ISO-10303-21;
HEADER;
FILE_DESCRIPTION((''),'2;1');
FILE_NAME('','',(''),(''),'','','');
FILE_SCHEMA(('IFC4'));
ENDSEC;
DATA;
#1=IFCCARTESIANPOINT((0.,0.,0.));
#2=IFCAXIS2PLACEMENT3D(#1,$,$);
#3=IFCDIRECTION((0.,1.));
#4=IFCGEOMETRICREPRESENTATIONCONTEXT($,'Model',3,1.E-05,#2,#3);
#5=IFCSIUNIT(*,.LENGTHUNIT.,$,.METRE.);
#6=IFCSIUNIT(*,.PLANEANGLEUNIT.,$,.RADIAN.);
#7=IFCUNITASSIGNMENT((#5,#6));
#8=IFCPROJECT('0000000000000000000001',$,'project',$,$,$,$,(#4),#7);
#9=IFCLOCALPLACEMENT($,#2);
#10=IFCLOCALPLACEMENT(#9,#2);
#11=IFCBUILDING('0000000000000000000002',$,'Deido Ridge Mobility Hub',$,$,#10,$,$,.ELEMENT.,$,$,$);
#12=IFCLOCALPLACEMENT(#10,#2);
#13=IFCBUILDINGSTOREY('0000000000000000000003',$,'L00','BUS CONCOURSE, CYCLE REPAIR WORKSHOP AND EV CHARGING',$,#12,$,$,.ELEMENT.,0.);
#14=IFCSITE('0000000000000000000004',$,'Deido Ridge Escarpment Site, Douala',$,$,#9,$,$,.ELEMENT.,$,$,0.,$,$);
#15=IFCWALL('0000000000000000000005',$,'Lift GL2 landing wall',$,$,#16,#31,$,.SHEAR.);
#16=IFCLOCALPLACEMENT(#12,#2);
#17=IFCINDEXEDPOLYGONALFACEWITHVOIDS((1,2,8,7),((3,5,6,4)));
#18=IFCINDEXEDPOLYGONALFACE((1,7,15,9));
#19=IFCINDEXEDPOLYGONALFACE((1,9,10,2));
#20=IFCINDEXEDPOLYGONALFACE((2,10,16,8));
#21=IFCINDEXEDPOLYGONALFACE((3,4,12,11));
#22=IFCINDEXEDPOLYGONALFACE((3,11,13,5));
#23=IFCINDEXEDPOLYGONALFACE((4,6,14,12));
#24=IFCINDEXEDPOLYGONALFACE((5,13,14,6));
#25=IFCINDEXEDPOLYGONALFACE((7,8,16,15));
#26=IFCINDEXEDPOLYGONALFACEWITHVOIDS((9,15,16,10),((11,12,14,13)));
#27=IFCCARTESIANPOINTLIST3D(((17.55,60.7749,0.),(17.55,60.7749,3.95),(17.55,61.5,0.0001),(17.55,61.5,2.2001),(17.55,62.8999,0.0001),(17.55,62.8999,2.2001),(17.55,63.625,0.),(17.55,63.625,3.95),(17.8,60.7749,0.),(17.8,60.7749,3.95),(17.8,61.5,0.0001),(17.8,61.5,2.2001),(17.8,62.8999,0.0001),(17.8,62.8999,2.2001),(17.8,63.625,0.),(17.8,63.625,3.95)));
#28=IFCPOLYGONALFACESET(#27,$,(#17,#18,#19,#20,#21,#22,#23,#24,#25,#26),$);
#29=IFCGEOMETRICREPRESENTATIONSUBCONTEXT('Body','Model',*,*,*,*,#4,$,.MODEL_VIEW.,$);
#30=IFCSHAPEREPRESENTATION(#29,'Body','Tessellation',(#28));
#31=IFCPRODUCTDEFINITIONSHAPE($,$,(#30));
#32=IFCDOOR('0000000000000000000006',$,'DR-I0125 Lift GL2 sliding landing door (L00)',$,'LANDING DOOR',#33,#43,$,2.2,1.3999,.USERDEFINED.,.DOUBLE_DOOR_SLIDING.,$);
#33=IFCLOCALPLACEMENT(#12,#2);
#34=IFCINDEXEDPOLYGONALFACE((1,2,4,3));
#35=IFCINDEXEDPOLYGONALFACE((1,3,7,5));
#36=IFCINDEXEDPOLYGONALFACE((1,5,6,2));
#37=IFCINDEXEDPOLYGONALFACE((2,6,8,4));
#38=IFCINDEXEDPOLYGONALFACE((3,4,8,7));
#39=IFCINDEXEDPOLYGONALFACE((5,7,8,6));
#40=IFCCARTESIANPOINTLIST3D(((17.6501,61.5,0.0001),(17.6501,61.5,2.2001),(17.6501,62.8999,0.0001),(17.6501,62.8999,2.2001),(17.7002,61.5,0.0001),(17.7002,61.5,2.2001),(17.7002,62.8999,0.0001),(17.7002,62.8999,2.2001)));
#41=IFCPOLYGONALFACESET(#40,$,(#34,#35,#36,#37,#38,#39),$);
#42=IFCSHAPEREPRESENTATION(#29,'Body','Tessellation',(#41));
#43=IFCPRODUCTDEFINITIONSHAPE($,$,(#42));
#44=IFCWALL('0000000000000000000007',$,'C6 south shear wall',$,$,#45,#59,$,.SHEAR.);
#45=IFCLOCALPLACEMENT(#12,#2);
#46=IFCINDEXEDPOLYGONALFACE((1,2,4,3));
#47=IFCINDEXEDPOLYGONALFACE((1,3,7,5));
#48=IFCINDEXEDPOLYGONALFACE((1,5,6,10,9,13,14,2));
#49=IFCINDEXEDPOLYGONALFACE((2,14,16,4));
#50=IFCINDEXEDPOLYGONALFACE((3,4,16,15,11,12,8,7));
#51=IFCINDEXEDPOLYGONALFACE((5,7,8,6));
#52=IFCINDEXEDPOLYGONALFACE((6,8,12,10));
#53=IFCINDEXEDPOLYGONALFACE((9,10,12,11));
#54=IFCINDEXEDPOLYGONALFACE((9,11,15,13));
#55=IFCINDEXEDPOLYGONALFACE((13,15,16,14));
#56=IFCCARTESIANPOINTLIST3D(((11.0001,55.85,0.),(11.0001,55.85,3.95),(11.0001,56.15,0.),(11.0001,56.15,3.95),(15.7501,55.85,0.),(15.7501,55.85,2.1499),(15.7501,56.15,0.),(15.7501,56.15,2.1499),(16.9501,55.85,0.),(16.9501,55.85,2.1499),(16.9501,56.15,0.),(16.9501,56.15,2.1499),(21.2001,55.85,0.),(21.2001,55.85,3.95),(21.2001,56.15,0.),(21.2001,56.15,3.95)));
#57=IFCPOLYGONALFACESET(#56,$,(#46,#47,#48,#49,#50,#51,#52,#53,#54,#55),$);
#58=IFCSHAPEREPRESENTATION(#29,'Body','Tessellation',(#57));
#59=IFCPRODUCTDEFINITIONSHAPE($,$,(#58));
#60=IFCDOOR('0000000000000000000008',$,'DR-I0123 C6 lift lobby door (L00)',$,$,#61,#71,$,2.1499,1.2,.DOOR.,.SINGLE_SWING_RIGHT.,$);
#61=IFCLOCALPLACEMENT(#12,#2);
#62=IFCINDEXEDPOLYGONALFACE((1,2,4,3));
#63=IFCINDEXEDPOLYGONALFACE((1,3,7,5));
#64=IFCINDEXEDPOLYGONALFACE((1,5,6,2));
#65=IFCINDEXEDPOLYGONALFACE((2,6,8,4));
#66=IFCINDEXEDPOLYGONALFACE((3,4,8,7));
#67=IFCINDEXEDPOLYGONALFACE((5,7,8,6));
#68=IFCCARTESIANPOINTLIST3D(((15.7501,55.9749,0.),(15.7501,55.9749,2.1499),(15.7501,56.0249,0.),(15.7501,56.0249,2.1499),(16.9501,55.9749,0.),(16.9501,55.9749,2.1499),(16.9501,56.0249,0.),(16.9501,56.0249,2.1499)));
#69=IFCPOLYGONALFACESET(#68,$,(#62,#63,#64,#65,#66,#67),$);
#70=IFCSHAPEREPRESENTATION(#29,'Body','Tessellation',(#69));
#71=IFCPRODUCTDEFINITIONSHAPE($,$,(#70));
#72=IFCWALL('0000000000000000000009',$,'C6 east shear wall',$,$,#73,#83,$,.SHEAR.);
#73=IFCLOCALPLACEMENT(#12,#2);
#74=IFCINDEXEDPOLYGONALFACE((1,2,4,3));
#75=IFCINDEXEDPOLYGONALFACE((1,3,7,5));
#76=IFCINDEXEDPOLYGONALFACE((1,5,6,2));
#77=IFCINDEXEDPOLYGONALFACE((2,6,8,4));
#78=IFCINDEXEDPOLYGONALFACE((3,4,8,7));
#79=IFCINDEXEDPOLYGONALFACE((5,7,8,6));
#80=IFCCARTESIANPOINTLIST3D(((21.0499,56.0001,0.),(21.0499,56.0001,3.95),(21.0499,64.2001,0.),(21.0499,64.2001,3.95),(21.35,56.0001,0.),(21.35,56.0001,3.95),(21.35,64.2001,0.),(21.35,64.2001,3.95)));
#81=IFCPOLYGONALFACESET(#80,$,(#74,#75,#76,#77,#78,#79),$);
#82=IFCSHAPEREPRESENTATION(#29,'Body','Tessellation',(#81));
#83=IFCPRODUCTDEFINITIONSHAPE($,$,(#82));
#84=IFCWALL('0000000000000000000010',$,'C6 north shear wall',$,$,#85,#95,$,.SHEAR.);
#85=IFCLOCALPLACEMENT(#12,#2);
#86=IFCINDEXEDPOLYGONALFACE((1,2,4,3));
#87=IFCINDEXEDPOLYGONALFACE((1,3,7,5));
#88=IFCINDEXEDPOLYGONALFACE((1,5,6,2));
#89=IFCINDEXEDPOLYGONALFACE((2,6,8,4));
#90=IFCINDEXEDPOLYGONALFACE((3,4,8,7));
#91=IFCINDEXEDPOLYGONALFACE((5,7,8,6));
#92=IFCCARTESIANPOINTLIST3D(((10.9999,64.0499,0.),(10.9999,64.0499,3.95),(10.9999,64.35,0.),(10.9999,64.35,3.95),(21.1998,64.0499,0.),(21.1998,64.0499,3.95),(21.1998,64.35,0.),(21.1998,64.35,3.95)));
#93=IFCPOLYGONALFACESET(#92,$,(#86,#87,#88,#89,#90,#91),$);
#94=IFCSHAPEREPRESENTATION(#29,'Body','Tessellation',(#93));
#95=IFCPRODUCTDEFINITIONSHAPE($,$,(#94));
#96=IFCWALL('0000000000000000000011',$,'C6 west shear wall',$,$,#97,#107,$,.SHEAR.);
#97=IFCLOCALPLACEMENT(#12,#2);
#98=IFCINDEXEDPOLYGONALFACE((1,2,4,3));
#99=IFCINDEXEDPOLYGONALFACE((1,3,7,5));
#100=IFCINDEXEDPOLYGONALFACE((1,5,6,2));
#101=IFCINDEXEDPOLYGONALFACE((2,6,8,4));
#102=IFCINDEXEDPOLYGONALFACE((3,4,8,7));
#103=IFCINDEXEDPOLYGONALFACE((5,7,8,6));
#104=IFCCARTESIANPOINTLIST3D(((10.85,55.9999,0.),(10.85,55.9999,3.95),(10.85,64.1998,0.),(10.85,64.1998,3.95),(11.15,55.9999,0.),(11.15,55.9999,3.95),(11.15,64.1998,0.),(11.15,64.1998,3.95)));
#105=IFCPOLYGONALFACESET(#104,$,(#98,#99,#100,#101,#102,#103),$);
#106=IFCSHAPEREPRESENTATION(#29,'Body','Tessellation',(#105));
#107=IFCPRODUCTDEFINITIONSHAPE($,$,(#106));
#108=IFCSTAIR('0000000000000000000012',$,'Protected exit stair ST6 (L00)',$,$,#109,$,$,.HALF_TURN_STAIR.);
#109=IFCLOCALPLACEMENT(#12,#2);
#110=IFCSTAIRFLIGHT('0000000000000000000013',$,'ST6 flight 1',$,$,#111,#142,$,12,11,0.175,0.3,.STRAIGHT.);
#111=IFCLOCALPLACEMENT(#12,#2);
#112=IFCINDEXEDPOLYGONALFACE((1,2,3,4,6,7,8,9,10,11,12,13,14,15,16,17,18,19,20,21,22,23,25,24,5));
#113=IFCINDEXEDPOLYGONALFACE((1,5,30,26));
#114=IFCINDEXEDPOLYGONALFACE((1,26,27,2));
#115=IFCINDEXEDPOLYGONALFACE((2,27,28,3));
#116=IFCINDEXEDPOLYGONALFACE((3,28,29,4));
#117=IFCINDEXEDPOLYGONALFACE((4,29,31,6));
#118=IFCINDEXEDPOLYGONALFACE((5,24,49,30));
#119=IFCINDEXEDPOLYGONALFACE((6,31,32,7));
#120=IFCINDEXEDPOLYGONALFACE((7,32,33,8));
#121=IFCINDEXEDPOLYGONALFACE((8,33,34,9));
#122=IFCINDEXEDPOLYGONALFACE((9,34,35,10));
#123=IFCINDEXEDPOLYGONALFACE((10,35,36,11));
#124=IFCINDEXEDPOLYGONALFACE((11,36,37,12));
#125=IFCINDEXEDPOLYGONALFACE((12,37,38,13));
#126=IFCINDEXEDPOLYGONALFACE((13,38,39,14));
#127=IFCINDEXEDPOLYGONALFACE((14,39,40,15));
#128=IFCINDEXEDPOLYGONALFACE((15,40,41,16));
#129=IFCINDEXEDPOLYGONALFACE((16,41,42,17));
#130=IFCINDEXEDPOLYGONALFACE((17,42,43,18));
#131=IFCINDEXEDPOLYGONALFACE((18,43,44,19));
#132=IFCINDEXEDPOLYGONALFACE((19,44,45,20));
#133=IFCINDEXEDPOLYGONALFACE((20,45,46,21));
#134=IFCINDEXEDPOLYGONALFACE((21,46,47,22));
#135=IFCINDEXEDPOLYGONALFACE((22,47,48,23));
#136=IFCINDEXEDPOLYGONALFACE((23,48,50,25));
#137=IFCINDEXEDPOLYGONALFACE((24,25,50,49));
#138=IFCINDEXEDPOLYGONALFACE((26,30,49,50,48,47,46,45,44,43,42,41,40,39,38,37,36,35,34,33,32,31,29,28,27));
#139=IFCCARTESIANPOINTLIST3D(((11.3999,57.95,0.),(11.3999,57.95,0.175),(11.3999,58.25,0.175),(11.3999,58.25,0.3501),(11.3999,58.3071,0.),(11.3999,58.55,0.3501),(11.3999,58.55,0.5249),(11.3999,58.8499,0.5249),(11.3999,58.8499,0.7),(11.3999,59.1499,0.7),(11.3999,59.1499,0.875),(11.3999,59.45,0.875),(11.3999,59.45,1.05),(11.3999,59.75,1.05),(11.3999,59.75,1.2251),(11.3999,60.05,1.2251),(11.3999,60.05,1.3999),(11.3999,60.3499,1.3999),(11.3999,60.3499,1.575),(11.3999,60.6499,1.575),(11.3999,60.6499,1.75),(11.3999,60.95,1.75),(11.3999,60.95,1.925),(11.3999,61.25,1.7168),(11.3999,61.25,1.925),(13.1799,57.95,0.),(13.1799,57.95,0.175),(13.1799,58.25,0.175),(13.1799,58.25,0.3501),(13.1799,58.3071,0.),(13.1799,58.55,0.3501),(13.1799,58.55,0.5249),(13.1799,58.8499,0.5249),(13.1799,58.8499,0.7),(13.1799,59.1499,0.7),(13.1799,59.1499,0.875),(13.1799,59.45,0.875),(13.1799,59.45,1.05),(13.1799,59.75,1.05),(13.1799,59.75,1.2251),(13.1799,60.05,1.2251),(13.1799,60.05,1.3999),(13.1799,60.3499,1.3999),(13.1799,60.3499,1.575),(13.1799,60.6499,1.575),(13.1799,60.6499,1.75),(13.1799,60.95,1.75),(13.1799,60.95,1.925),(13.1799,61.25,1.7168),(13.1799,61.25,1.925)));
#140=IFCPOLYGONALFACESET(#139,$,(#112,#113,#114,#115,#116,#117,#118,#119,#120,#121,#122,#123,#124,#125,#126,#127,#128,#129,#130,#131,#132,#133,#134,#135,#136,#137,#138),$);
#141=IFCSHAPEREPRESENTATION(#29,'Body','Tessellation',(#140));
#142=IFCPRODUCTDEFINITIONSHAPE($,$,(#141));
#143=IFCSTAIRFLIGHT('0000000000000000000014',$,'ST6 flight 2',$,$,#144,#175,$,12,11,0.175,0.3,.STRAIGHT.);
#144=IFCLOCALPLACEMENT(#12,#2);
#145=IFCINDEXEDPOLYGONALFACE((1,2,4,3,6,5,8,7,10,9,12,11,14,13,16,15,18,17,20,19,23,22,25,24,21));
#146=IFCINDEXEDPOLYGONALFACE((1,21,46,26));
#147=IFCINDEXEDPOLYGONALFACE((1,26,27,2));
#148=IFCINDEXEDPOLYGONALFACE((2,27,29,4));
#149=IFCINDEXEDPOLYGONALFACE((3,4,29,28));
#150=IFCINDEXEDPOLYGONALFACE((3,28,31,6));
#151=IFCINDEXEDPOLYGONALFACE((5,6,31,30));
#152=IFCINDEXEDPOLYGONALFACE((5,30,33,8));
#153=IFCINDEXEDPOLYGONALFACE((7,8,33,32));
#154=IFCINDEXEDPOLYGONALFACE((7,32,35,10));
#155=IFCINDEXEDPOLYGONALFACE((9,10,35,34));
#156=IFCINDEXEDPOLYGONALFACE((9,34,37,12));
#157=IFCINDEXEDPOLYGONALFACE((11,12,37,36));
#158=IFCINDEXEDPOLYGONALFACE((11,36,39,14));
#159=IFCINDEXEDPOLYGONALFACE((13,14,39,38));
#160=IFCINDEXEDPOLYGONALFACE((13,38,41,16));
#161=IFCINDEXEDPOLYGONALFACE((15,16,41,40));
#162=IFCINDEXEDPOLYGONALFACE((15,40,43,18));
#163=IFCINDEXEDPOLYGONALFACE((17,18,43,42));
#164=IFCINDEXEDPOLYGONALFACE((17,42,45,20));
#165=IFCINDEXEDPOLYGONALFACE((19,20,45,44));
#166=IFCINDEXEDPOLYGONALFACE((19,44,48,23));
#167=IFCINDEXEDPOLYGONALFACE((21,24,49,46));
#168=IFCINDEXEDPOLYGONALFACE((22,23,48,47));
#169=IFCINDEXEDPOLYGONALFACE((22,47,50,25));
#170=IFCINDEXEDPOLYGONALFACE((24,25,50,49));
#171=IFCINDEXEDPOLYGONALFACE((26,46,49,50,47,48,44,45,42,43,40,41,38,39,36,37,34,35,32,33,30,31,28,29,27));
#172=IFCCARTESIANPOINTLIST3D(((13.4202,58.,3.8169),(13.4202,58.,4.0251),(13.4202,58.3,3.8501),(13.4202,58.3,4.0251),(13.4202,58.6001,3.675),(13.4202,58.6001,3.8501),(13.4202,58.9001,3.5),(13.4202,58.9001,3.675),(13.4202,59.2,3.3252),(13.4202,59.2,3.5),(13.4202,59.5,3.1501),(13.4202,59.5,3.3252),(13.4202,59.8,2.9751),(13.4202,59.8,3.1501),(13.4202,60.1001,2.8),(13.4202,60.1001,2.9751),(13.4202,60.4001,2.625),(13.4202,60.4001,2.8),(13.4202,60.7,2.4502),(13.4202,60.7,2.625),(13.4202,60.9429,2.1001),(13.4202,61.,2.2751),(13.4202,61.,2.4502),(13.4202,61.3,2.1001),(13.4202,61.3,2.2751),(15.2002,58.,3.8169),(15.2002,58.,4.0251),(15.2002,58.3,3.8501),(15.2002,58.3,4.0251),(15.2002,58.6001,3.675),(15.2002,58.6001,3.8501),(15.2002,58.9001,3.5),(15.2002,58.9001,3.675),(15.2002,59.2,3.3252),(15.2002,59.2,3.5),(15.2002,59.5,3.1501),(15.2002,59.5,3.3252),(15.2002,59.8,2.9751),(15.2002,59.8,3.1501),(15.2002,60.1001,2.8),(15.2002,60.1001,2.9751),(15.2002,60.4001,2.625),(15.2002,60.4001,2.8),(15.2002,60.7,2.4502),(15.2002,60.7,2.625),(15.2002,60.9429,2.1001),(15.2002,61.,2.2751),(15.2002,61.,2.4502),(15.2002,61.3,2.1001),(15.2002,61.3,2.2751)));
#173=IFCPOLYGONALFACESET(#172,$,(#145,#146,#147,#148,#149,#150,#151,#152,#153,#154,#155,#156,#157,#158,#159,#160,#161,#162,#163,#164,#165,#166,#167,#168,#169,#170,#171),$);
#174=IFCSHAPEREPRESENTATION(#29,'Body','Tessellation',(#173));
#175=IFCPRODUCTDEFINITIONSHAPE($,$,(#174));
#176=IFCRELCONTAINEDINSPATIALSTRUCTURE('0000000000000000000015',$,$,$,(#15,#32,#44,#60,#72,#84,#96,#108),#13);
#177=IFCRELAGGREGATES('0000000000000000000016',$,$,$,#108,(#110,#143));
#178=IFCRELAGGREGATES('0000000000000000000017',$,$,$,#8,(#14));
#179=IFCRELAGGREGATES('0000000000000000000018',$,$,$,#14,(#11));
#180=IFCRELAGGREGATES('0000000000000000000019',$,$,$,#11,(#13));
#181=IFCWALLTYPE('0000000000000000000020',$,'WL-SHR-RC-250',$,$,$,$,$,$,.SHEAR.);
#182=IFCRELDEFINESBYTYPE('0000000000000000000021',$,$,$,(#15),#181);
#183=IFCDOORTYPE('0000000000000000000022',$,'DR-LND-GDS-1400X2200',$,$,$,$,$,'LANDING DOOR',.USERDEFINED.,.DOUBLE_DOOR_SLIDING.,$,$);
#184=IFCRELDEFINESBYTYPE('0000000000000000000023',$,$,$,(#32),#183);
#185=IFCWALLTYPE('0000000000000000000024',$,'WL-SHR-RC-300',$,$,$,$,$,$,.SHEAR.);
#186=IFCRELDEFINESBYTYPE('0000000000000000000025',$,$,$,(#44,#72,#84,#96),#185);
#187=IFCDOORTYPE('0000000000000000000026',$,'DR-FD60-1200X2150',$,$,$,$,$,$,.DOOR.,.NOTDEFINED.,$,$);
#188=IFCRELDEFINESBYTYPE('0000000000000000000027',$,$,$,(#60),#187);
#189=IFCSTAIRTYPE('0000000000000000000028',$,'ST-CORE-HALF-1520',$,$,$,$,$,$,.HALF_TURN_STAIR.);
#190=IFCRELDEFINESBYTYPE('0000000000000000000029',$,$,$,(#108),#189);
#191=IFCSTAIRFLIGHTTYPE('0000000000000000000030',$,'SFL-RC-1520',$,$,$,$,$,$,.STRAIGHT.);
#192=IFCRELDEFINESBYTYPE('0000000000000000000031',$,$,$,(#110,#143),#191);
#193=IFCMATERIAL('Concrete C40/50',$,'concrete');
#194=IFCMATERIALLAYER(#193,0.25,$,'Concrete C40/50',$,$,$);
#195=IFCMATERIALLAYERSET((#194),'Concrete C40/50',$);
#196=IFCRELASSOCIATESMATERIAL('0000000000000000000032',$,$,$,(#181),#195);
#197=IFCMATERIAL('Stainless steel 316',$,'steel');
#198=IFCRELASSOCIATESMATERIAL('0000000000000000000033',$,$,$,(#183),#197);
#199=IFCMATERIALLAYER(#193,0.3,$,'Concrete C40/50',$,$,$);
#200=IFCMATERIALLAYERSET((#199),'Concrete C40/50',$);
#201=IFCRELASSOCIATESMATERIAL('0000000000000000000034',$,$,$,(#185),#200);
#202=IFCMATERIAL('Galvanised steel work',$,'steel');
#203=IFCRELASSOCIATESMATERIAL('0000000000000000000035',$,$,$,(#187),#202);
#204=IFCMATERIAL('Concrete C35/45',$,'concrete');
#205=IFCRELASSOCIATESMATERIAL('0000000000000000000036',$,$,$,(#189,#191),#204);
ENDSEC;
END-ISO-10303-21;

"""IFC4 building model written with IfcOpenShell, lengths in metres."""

from ifc_helpers import new_model, si_unit, direction, frame, frame_2d, origin, place, context, subcontext, project, spatial, polyline, rectangle, outline, extrude, material, layer, layer_set, type_object, element, fill, aggregate, save


model = new_model("IFC4")

# Units and contexts
model_context = context("Model", 3, precision=1e-05, world=origin(), true_north=direction((0.0, 1.0)))
body_context = subcontext(model_context, "Body", "Model", "MODEL_VIEW")
ifc_project = project(units=[si_unit("LENGTHUNIT", "METRE"), si_unit("PLANEANGLEUNIT", "RADIAN")], contexts=[model_context])

# Site, building, storey
site_placement = place(None, origin())
site = spatial("IfcSite", under=ifc_project, at=site_placement, Name="Deido Ridge Escarpment Site, Douala", CompositionType="ELEMENT", RefElevation=0.0)
building_placement = place(site_placement, origin())
building = spatial("IfcBuilding", under=site, at=building_placement, Name="Deido Ridge Mobility Hub", CompositionType="ELEMENT")
storey_placement = place(building_placement, origin())
storey = spatial("IfcBuildingStorey", under=building, at=storey_placement, Name="L00", Description="BUS CONCOURSE, CYCLE REPAIR WORKSHOP AND EV CHARGING", CompositionType="ELEMENT", Elevation=0.0)

# Shared definitions
ifc_material_1 = material(Name="Concrete C40/50", Category="concrete")
ifc_layer_1 = layer(ifc_material_1, 0.25, Name="Concrete C40/50")
ifc_layer_set_1 = layer_set([ifc_layer_1], Name="Concrete C40/50")
wall_type_1 = type_object("IfcWallType", Name="WL-SHR-RC-250", PredefinedType="SHEAR", material=ifc_layer_set_1)
ifc_material_2 = material(Name="Galvanised steel work", Category="steel")

# Shared definitions
ifc_material_3 = material(Name="Stainless steel 316", Category="steel")

# Walls, openings, doors
wall_1_placement = place(storey_placement, frame((17.675, 60.7749, 0.0), z_axis=(0.0, 0.0, 1.0), x_axis=(0.0, 1.0, 0.0)))
wall_1 = element("IfcWall", 1, at=wall_1_placement, inside=storey, type_object=wall_type_1, Name="Lift GL2 landing wall", PredefinedType="SHEAR", context=body_context, shape_type="SweptSolid", body=[
    extrude(rectangle(XDim=2.8501, YDim=0.25, at=frame_2d((1.425, 0.0))), origin(), (0.0, 0.0, 1.0), 3.95),
])
opening_1_placement = place(wall_1_placement, frame((0.7251, 0.0, 0.0)))
opening_1 = element("IfcOpeningElement", 2, at=opening_1_placement, cuts=wall_1, PredefinedType="OPENING", context=body_context, shape_type="SweptSolid", body=[
    extrude(rectangle(XDim=1.3999, YDim=2.2, at=frame_2d((0.7, 1.1001))), frame((0.0, 0.135, 0.0), z_axis=(0.0, -1.0, 0.0), x_axis=(1.0, 0.0, 0.0)), (0.0, 0.0, 1.0), 0.27),
])
door_type_1 = type_object("IfcDoorType", Name="DR-LND-GDS-1400X2200", ElementType="LANDING DOOR", OperationType="DOUBLE_DOOR_SLIDING", PredefinedType="USERDEFINED", material=ifc_material_3)
door_1_placement = place(opening_1_placement, origin())
door_1 = element("IfcDoor", 3, at=door_1_placement, inside=storey, type_object=door_type_1, Name="DR-I0125 Lift GL2 sliding landing door (L00)", ObjectType="LANDING DOOR", OperationType="DOUBLE_DOOR_SLIDING", OverallHeight=2.2, OverallWidth=1.3999, PredefinedType="USERDEFINED", context=body_context, shape_type="SweptSolid", body=[
    extrude(rectangle(XDim=1.3999, YDim=2.2, at=frame_2d((0.7, 1.1001))), frame((0.0, 0.0249, 0.0), z_axis=(0.0, -1.0, 0.0), x_axis=(1.0, 0.0, 0.0)), (0.0, 0.0, 1.0), 0.05),
])
fill(opening_1, door_1)
ifc_layer_2 = layer(ifc_material_1, 0.3, Name="Concrete C40/50")
ifc_layer_set_2 = layer_set([ifc_layer_2], Name="Concrete C40/50")
wall_type_2 = type_object("IfcWallType", Name="WL-SHR-RC-300", PredefinedType="SHEAR", material=ifc_layer_set_2)
wall_2_placement = place(storey_placement, frame((11.0, 56.0, 0.0), z_axis=(0.0, 0.0, 1.0), x_axis=(1.0, 0.0, 0.0)))
wall_2 = element("IfcWall", 4, at=wall_2_placement, inside=storey, type_object=wall_type_2, Name="C6 south shear wall", PredefinedType="SHEAR", context=body_context, shape_type="SweptSolid", body=[
    extrude(rectangle(XDim=10.2, YDim=0.3, at=frame_2d((5.1001, 0.0))), origin(), (0.0, 0.0, 1.0), 3.95),
])
opening_2_placement = place(wall_2_placement, frame((4.75, 0.0, 0.0)))
opening_2 = element("IfcOpeningElement", 5, at=opening_2_placement, cuts=wall_2, PredefinedType="OPENING", context=body_context, shape_type="SweptSolid", body=[
    extrude(rectangle(XDim=1.2, YDim=2.1499, at=frame_2d((0.6001, 1.075))), frame((0.0, 0.1602, 0.0), z_axis=(0.0, -1.0, 0.0), x_axis=(1.0, 0.0, 0.0)), (0.0, 0.0, 1.0), 0.3201),
])
door_type_2 = type_object("IfcDoorType", Name="DR-FD60-1200X2150", OperationType="NOTDEFINED", PredefinedType="DOOR", material=ifc_material_2)
door_2_placement = place(opening_2_placement, origin())
door_2 = element("IfcDoor", 6, at=door_2_placement, inside=storey, type_object=door_type_2, Name="DR-I0123 C6 lift lobby door (L00)", OperationType="SINGLE_SWING_RIGHT", OverallHeight=2.1499, OverallWidth=1.2, PredefinedType="DOOR", context=body_context, shape_type="SweptSolid", body=[
    extrude(rectangle(XDim=1.2, YDim=2.1499, at=frame_2d((0.6001, 1.075))), frame((0.0, 0.0249, 0.0), z_axis=(0.0, -1.0, 0.0), x_axis=(1.0, 0.0, 0.0)), (0.0, 0.0, 1.0), 0.05),
])
fill(opening_2, door_2)

# Walls
wall_3_placement = place(storey_placement, frame((21.2, 56.0, 0.0), z_axis=(0.0, 0.0, 1.0), x_axis=(0.0, 1.0, 0.0)))
element("IfcWall", 7, at=wall_3_placement, inside=storey, type_object=wall_type_2, Name="C6 east shear wall", PredefinedType="SHEAR", context=body_context, shape_type="SweptSolid", body=[
    extrude(rectangle(XDim=8.2, YDim=0.3, at=frame_2d((4.1001, 0.0))), origin(), (0.0, 0.0, 1.0), 3.95),
])
wall_4_placement = place(storey_placement, frame((21.2, 64.2, 0.0), z_axis=(0.0, 0.0, 1.0), x_axis=(-1.0, 0.0, 0.0)))
element("IfcWall", 8, at=wall_4_placement, inside=storey, type_object=wall_type_2, Name="C6 north shear wall", PredefinedType="SHEAR", context=body_context, shape_type="SweptSolid", body=[
    extrude(rectangle(XDim=10.2, YDim=0.3, at=frame_2d((5.1001, 0.0))), origin(), (0.0, 0.0, 1.0), 3.95),
])
wall_5_placement = place(storey_placement, frame((11.0, 64.2, 0.0), z_axis=(0.0, 0.0, 1.0), x_axis=(0.0, -1.0, 0.0)))
element("IfcWall", 9, at=wall_5_placement, inside=storey, type_object=wall_type_2, Name="C6 west shear wall", PredefinedType="SHEAR", context=body_context, shape_type="SweptSolid", body=[
    extrude(rectangle(XDim=8.2, YDim=0.3, at=frame_2d((4.1001, 0.0))), origin(), (0.0, 0.0, 1.0), 3.95),
])

# Stair, stair flights
ifc_material_4 = material(Name="Concrete C35/45", Category="concrete")
stair_type = type_object("IfcStairType", Name="ST-CORE-HALF-1520", PredefinedType="HALF_TURN_STAIR", material=ifc_material_4)
stair_placement = place(storey_placement, origin())
stair = element("IfcStair", 10, at=stair_placement, inside=storey, type_object=stair_type, Name="Protected exit stair ST6 (L00)", PredefinedType="HALF_TURN_STAIR")
stair_flight_type = type_object("IfcStairFlightType", Name="SFL-RC-1520", PredefinedType="STRAIGHT", material=ifc_material_4)
stair_flight_1_placement = place(storey_placement, frame((12.29, 57.95, 0.0), z_axis=(0.0, 0.0, 1.0), x_axis=(0.0, 1.0, 0.0)))
stair_flight_1 = element("IfcStairFlight", 11, at=stair_flight_1_placement, type_object=stair_flight_type, Name="ST6 flight 1", NumberOfRisers=12, NumberOfTreads=11, PredefinedType="STRAIGHT", RiserHeight=0.175, TreadLength=0.3, context=body_context, shape_type="SweptSolid", body=[
    extrude(outline(polyline([(0.0, 0.0), (0.0, 0.175), (0.3, 0.175), (0.3, 0.3501), (0.6001, 0.3501), (0.6001, 0.5249), (0.8999, 0.5249), (0.8999, 0.7), (1.2, 0.7), (1.2, 0.875), (1.5, 0.875), (1.5, 1.05), (1.8, 1.05), (1.8, 1.2251), (2.1001, 1.2251), (2.1001, 1.3999), (2.3999, 1.3999), (2.3999, 1.575), (2.7, 1.575), (2.7, 1.75), (3.0, 1.75), (3.0, 1.925), (3.3, 1.925), (3.3, 2.1001), (3.3, 1.7168), (0.3572, 0.0), (0.0, 0.0)])), frame((0.0, 0.8901, 0.0), z_axis=(0.0, -1.0, 0.0), x_axis=(1.0, 0.0, 0.0)), (0.0, 0.0, 1.0), 1.78),
])
stair_flight_2_placement = place(storey_placement, frame((14.3101, 61.3, 2.1001), z_axis=(0.0, 0.0, 1.0), x_axis=(0.0, -1.0, 0.0)))
stair_flight_2 = element("IfcStairFlight", 12, at=stair_flight_2_placement, type_object=stair_flight_type, Name="ST6 flight 2", NumberOfRisers=12, NumberOfTreads=11, PredefinedType="STRAIGHT", RiserHeight=0.175, TreadLength=0.3, context=body_context, shape_type="SweptSolid", body=[
    extrude(outline(polyline([(0.0, 0.0), (0.0, 0.175), (0.3, 0.175), (0.3, 0.3501), (0.6001, 0.3501), (0.6001, 0.5249), (0.8999, 0.5249), (0.8999, 0.7), (1.2, 0.7), (1.2, 0.875), (1.5, 0.875), (1.5, 1.05), (1.8, 1.05), (1.8, 1.2251), (2.1001, 1.2251), (2.1001, 1.3999), (2.3999, 1.3999), (2.3999, 1.575), (2.7, 1.575), (2.7, 1.75), (3.0, 1.75), (3.0, 1.925), (3.3, 1.925), (3.3, 2.1001), (3.3, 1.7168), (0.3572, 0.0), (0.0, 0.0)])), frame((0.0, 0.8901, 0.0), z_axis=(0.0, -1.0, 0.0), x_axis=(1.0, 0.0, 0.0)), (0.0, 0.0, 1.0), 1.78),
])
aggregate(stair, [stair_flight_1, stair_flight_2])

save(model, "model.ifc")
